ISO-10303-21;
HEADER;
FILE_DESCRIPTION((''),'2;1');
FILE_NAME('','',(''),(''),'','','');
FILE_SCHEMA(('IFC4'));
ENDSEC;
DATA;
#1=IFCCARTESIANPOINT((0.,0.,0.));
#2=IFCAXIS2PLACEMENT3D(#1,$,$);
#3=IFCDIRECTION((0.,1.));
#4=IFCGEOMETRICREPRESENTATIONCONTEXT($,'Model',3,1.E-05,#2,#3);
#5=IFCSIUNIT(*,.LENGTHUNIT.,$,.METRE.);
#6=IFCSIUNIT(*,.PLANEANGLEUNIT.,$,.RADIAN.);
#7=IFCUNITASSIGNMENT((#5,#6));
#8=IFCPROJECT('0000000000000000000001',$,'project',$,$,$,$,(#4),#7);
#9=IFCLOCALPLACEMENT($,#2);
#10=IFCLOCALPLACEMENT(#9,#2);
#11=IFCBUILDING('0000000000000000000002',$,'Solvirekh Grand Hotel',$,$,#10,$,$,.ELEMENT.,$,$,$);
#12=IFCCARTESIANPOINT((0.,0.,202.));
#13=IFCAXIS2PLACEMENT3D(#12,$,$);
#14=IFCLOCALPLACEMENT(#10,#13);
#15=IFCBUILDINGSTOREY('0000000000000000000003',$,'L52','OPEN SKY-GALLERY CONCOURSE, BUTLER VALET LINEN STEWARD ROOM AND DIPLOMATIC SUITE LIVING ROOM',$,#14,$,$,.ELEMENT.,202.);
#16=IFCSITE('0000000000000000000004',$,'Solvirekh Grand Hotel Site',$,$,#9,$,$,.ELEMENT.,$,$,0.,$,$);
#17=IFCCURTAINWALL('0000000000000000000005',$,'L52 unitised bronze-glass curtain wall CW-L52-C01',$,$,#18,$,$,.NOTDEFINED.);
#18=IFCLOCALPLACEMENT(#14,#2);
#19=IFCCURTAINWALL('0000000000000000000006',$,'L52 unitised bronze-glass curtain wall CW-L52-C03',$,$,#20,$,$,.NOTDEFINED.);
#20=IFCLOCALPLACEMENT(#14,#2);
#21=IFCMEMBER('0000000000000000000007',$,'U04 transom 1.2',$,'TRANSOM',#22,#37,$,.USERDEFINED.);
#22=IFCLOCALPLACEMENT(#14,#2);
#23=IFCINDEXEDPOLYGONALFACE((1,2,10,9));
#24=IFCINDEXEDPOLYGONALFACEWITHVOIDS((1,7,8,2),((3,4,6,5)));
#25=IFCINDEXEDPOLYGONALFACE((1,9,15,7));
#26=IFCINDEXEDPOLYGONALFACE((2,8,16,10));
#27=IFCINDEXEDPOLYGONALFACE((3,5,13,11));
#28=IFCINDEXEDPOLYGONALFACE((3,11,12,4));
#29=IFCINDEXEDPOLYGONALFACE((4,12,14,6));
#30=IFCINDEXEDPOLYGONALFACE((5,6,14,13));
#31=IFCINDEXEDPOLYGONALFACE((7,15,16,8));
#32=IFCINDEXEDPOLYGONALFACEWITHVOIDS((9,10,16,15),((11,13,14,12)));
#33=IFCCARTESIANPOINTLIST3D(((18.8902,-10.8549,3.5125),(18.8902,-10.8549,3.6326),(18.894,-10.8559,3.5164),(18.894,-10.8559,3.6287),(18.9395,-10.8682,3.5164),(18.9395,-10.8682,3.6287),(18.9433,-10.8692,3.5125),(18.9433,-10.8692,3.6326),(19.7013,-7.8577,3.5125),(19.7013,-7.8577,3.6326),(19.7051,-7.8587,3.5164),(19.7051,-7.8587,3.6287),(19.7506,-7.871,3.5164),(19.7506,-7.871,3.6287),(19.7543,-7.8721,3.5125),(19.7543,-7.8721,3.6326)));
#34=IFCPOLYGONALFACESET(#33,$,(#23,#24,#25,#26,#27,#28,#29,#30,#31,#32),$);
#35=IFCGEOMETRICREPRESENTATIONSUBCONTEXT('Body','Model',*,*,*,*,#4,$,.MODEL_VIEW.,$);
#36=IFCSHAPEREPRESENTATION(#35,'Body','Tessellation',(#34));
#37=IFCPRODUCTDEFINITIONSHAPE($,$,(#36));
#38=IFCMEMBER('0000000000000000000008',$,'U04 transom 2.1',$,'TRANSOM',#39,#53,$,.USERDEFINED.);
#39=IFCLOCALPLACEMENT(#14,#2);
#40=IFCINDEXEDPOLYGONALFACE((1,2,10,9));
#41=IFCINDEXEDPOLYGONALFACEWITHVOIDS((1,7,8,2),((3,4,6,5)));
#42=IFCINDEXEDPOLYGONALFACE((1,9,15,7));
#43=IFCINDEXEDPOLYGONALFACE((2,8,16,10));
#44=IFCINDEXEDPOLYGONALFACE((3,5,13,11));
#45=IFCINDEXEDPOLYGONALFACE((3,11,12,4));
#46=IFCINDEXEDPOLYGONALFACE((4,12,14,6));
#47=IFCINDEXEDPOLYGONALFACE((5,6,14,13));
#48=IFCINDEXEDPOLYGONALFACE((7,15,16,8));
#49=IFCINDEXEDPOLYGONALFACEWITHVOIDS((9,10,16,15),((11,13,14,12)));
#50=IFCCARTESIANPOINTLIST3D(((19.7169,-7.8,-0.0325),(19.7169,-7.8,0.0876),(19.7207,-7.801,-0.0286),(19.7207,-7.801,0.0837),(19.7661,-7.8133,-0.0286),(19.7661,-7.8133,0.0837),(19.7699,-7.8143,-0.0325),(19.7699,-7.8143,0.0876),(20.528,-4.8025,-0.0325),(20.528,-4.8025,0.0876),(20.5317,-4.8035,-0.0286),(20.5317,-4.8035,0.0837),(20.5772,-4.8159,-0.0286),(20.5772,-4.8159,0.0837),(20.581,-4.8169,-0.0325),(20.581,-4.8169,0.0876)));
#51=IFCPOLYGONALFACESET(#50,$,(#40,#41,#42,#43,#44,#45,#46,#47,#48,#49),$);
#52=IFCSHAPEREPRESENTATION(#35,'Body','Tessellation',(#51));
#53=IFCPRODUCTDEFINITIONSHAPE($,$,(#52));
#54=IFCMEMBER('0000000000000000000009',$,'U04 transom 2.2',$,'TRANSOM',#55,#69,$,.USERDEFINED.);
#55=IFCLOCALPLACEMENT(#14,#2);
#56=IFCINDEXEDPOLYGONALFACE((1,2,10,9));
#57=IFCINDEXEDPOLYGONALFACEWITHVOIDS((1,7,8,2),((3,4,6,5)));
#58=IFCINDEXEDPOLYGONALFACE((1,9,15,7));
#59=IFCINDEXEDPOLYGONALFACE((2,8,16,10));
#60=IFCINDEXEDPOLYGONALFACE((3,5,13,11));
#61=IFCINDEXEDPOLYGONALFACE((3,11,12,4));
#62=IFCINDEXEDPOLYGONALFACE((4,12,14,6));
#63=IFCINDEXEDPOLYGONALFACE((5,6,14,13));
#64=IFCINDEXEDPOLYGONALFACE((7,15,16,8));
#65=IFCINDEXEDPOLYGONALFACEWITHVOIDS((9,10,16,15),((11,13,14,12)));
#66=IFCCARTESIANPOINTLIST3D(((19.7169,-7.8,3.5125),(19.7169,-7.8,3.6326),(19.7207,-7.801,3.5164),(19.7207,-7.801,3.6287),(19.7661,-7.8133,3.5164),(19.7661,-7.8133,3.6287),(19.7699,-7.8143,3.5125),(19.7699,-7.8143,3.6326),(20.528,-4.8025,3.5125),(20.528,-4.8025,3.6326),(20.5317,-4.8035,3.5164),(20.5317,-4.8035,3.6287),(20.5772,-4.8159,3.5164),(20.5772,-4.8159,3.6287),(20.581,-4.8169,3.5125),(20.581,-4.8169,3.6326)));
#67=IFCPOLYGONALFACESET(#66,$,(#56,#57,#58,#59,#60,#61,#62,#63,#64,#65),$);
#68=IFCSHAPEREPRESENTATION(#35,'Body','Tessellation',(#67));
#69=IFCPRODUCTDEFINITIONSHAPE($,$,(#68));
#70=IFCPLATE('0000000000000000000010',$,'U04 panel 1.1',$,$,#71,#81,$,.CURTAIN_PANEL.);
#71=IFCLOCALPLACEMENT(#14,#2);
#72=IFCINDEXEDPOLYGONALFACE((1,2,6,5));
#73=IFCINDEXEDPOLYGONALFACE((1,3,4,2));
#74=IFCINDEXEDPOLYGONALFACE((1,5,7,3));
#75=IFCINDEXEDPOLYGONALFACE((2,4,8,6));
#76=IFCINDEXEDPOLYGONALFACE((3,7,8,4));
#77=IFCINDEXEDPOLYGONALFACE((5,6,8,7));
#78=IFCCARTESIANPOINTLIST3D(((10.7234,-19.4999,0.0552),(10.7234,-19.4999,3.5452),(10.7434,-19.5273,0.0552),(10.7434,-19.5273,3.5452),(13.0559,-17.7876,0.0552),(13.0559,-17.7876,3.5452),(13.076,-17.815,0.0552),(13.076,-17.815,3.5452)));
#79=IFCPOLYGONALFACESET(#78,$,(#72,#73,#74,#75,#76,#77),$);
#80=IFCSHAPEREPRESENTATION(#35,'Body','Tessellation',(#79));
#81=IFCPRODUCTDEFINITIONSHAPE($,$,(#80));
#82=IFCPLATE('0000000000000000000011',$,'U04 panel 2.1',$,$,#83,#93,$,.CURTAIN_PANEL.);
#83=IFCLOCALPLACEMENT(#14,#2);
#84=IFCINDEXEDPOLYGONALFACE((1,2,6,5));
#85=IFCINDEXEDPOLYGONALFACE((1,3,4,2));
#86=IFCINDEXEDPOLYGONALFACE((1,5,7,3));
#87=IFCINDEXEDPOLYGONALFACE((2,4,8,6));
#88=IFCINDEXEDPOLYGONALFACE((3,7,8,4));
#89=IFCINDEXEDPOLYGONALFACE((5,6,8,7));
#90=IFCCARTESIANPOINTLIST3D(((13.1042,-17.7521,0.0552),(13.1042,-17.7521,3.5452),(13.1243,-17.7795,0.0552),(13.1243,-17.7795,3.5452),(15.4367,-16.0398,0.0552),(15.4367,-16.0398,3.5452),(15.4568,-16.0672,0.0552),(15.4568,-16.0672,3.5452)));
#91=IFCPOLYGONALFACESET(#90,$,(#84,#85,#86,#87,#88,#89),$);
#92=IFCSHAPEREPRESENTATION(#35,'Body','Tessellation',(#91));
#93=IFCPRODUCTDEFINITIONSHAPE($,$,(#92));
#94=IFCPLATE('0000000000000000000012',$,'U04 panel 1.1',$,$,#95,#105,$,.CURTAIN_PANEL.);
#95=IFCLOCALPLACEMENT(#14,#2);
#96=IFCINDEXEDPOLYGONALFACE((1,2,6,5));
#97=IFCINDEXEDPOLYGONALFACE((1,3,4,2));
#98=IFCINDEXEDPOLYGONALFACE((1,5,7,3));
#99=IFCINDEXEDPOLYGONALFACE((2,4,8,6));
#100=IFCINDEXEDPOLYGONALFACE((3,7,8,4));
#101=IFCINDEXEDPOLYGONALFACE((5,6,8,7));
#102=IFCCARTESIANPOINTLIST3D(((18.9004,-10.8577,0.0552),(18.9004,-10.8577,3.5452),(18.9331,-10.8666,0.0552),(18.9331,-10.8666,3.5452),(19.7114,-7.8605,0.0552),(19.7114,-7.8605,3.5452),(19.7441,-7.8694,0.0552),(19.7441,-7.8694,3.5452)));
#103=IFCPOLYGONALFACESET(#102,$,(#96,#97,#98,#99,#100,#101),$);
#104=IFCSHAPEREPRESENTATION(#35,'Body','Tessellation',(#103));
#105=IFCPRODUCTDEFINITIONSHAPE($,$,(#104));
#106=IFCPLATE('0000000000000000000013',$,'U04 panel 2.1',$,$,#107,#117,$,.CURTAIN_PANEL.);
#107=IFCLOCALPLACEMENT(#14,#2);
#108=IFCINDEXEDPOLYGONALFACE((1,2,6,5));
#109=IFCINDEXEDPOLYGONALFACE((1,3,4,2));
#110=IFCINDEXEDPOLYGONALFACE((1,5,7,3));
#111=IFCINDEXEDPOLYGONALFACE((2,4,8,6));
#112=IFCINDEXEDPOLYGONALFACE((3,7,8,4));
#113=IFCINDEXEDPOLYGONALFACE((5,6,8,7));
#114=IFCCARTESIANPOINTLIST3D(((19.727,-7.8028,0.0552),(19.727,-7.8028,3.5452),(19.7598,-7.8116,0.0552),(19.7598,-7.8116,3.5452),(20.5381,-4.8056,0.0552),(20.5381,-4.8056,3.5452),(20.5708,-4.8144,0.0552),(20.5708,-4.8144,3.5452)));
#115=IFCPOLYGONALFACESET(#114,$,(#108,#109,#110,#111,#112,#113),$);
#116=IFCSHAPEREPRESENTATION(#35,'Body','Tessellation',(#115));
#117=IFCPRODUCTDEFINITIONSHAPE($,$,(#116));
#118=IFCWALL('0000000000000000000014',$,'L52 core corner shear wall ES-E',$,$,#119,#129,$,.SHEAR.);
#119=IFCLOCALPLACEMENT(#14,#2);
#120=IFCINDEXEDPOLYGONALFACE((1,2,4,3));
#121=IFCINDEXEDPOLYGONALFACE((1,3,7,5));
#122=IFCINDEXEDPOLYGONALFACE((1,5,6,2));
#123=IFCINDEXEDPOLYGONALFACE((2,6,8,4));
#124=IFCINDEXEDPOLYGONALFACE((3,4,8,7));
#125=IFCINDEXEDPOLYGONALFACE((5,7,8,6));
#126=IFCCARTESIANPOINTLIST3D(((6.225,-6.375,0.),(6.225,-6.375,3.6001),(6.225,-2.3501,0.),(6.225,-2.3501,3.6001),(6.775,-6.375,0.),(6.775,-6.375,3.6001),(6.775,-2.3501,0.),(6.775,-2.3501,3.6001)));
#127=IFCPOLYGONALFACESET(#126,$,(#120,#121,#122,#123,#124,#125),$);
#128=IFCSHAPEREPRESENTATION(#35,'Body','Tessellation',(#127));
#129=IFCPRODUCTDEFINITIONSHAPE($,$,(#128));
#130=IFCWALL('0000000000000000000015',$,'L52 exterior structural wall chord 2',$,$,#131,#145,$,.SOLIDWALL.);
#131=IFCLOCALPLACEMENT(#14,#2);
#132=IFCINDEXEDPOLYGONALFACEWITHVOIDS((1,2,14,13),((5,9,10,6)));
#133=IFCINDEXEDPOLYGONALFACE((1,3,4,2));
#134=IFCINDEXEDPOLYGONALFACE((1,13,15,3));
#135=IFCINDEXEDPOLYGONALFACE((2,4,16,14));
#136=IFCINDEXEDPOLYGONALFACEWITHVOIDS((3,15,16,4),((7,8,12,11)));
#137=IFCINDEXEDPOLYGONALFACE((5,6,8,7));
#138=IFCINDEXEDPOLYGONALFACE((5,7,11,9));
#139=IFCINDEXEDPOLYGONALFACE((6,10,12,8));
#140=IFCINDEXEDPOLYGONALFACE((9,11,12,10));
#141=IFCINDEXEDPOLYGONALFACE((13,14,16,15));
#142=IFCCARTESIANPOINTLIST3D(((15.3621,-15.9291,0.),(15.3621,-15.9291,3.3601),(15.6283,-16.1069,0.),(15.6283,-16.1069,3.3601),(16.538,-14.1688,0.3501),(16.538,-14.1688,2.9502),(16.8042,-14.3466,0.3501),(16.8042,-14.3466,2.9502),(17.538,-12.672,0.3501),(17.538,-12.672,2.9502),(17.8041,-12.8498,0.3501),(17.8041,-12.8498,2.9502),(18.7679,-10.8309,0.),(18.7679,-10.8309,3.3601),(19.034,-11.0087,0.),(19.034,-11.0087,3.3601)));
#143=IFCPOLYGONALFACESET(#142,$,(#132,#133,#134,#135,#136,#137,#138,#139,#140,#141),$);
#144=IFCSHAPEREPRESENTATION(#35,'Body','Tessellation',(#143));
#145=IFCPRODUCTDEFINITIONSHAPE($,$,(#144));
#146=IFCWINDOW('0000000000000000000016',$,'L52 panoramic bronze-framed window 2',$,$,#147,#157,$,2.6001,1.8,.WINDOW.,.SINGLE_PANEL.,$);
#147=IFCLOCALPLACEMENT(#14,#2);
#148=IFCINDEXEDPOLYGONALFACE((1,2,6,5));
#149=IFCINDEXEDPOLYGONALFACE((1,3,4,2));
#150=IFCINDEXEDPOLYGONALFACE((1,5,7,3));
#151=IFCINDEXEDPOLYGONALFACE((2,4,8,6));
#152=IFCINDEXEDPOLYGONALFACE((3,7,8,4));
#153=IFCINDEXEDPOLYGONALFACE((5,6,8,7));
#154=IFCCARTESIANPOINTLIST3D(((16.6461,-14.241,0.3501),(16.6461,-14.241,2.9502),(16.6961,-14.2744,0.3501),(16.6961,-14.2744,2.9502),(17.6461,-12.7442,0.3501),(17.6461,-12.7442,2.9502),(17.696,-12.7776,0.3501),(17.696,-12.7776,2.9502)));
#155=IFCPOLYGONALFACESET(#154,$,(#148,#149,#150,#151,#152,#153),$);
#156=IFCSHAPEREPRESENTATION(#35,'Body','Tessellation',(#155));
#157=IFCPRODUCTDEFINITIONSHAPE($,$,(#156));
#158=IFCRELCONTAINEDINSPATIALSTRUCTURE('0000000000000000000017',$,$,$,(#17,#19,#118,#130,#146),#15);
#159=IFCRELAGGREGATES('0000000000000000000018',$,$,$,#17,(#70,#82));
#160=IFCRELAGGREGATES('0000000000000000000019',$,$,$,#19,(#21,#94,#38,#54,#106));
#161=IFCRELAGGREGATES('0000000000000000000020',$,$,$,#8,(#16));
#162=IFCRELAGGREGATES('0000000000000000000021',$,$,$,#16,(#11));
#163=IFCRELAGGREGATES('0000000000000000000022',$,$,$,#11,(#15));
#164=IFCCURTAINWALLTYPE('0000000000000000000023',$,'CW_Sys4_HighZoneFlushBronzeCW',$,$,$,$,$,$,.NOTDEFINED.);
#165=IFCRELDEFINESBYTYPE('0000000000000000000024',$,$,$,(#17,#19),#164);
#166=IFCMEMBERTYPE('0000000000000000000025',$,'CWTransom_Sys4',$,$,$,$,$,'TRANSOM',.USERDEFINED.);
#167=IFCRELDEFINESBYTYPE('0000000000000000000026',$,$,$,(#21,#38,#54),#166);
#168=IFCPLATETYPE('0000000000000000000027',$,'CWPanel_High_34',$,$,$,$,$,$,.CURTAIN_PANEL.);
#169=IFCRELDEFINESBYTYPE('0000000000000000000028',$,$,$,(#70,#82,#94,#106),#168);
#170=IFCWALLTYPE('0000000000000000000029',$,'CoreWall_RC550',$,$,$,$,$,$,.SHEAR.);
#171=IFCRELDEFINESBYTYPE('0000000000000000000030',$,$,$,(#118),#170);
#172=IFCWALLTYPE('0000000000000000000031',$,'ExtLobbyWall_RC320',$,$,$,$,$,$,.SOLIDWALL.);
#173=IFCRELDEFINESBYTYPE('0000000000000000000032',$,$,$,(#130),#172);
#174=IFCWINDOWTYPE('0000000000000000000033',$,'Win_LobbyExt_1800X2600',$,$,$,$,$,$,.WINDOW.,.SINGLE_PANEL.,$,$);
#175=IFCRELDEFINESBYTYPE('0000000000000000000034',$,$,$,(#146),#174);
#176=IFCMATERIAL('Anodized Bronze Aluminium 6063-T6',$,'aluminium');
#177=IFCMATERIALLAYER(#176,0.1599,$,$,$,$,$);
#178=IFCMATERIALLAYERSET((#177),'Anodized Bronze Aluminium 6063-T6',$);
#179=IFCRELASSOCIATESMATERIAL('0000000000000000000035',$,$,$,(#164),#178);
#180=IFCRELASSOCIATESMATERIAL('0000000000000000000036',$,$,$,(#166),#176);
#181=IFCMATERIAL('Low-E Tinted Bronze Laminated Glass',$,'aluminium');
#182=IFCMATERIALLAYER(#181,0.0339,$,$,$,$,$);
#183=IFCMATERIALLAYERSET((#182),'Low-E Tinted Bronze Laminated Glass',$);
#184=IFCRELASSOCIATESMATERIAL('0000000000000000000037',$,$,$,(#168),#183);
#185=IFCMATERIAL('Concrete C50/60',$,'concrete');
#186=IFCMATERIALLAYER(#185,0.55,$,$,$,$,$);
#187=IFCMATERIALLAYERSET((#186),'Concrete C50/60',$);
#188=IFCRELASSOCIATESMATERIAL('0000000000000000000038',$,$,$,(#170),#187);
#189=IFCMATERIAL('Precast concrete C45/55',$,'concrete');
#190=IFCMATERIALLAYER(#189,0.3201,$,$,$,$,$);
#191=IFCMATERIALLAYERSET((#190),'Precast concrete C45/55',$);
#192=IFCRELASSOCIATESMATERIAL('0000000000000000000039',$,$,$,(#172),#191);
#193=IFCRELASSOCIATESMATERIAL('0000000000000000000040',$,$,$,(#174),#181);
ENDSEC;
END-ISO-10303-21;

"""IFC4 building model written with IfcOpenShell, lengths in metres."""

from ifc_helpers import new_model, si_unit, direction, frame, frame_2d, origin, origin_2d, place, context, subcontext, project, spatial, rectangle, hollow_rectangle, extrude, source, transform, mapped, material, layer, layer_set, material_profile, profile_set, type_object, element, fill, aggregate, save


model = new_model("IFC4")

# Units and contexts
model_context = context("Model", 3, precision=1e-05, world=origin(), true_north=direction((0.0, 1.0)))
body_context = subcontext(model_context, "Body", "Model", "MODEL_VIEW")
ifc_project = project(units=[si_unit("LENGTHUNIT", "METRE"), si_unit("PLANEANGLEUNIT", "RADIAN")], contexts=[model_context])

# Site, building, storey
site_placement = place(None, origin())
site = spatial("IfcSite", under=ifc_project, at=site_placement, Name="Solvirekh Grand Hotel Site", CompositionType="ELEMENT", RefElevation=0.0)
building_placement = place(site_placement, origin())
building = spatial("IfcBuilding", under=site, at=building_placement, Name="Solvirekh Grand Hotel", CompositionType="ELEMENT")
storey_placement = place(building_placement, frame((0.0, 0.0, 202.0)))
storey = spatial("IfcBuildingStorey", under=building, at=storey_placement, Name="L52", Description="OPEN SKY-GALLERY CONCOURSE, BUTLER VALET LINEN STEWARD ROOM AND DIPLOMATIC SUITE LIVING ROOM", CompositionType="ELEMENT", Elevation=202.0)

# Shared definitions
ifc_material_1 = material(Name="Concrete C50/60", Category="concrete")

# Curtain walls
ifc_material_2 = material(Name="Anodized Bronze Aluminium 6063-T6", Category="aluminium")
ifc_layer_1 = layer(ifc_material_2, 0.1599)
ifc_layer_set_1 = layer_set([ifc_layer_1], Name="Anodized Bronze Aluminium 6063-T6")
curtain_wall_type = type_object("IfcCurtainWallType", Name="CW_Sys4_HighZoneFlushBronzeCW", PredefinedType="NOTDEFINED", material=ifc_layer_set_1)
curtain_wall_1_placement = place(storey_placement, origin())
curtain_wall_1 = element("IfcCurtainWall", 1, at=curtain_wall_1_placement, inside=storey, type_object=curtain_wall_type, Name="L52 unitised bronze-glass curtain wall CW-L52-C01", PredefinedType="NOTDEFINED")
curtain_wall_2_placement = place(storey_placement, origin())
curtain_wall_2 = element("IfcCurtainWall", 2, at=curtain_wall_2_placement, inside=storey, type_object=curtain_wall_type, Name="L52 unitised bronze-glass curtain wall CW-L52-C03", PredefinedType="NOTDEFINED")

# Members
ifc_material_profile_1 = material_profile(ifc_material_2, hollow_rectangle(XDim=0.0549, YDim=0.1201, WallThickness=0.0039, at=origin_2d()), Name="ALU RHS 120X55X4")
ifc_profile_set_1 = profile_set([ifc_material_profile_1], Name="Anodized Bronze Aluminium 6063-T6")
member_type_1 = type_object("IfcMemberType", Name="CWTransom_Sys4", ElementType="TRANSOM", PredefinedType="USERDEFINED", material=ifc_profile_set_1)
shared_shape_1 = source(origin(), body_context, "Body", "SweptSolid", [
    extrude(hollow_rectangle(XDim=0.0549, YDim=0.1201, WallThickness=0.0039, at=origin_2d()), origin(), (0.0, 0.0, 1.0), 3.105),
])
member_1_placement = place(storey_placement, frame((18.9167, -10.8621, 3.5725), z_axis=(0.261214, 0.965281, 0.0), x_axis=(-0.965281, 0.261214, 0.0)))
member_1 = element("IfcMember", 3, at=member_1_placement, type_object=member_type_1, Name="U04 transom 1.2", ObjectType="TRANSOM", PredefinedType="USERDEFINED", context=body_context, shape_type="MappedRepresentation", body=[
    mapped(shared_shape_1, transform((0.0, 0.0, 0.0), x_axis=(1.0, 0.0, 0.0), y_axis=(0.0, 1.0, 0.0), z_axis=(0.0, 0.0, 1.0), scale=1.0)),
])
shared_shape_2 = source(origin(), body_context, "Body", "SweptSolid", [
    extrude(hollow_rectangle(XDim=0.0549, YDim=0.1201, WallThickness=0.0039, at=origin_2d()), origin(), (0.0, 0.0, 1.0), 3.1052),
])
member_2_placement = place(storey_placement, frame((19.7434, -7.8071, 0.0276), z_axis=(0.261194, 0.965286, 0.0), x_axis=(-0.965286, 0.261194, 0.0)))
member_2 = element("IfcMember", 4, at=member_2_placement, type_object=member_type_1, Name="U04 transom 2.1", ObjectType="TRANSOM", PredefinedType="USERDEFINED", context=body_context, shape_type="MappedRepresentation", body=[
    mapped(shared_shape_2, transform((0.0, 0.0, 0.0), x_axis=(1.0, 0.0, 0.0), y_axis=(0.0, 1.0, 0.0), z_axis=(0.0, 0.0, 1.0), scale=1.0)),
])
member_3_placement = place(storey_placement, frame((19.7434, -7.8071, 3.5725), z_axis=(0.261194, 0.965286, 0.0), x_axis=(-0.965286, 0.261194, 0.0)))
member_3 = element("IfcMember", 5, at=member_3_placement, type_object=member_type_1, Name="U04 transom 2.2", ObjectType="TRANSOM", PredefinedType="USERDEFINED", context=body_context, shape_type="MappedRepresentation", body=[
    mapped(shared_shape_2, transform((0.0, 0.0, 0.0), x_axis=(1.0, 0.0, 0.0), y_axis=(0.0, 1.0, 0.0), z_axis=(0.0, 0.0, 1.0), scale=1.0)),
])

# Plates
ifc_material_3 = material(Name="Low-E Tinted Bronze Laminated Glass", Category="aluminium")
ifc_layer_2 = layer(ifc_material_3, 0.0339)
ifc_layer_set_2 = layer_set([ifc_layer_2], Name="Low-E Tinted Bronze Laminated Glass")
plate_type = type_object("IfcPlateType", Name="CWPanel_High_34", PredefinedType="CURTAIN_PANEL", material=ifc_layer_set_2)
shared_shape_3 = source(origin(), body_context, "Body", "SweptSolid", [
    extrude(rectangle(XDim=2.8936, YDim=0.0339, at=origin_2d()), origin(), (0.0, 0.0, 1.0), 3.49),
])
plate_1_placement = place(storey_placement, frame((11.8997, -18.6575, 0.0552), z_axis=(0.0, 0.0, 1.0), x_axis=(0.806112, 0.591763, 0.0)))
plate_1 = element("IfcPlate", 6, at=plate_1_placement, type_object=plate_type, Name="U04 panel 1.1", PredefinedType="CURTAIN_PANEL", context=body_context, shape_type="MappedRepresentation", body=[
    mapped(shared_shape_3, transform((0.0, 0.0, 0.0), x_axis=(1.0, 0.0, 0.0), y_axis=(0.0, 1.0, 0.0), z_axis=(0.0, 0.0, 1.0), scale=1.0)),
])
plate_2_placement = place(storey_placement, frame((14.2805, -16.9097, 0.0552), z_axis=(0.0, 0.0, 1.0), x_axis=(0.806112, 0.591763, 0.0)))
plate_2 = element("IfcPlate", 7, at=plate_2_placement, type_object=plate_type, Name="U04 panel 2.1", PredefinedType="CURTAIN_PANEL", context=body_context, shape_type="MappedRepresentation", body=[
    mapped(shared_shape_3, transform((0.0, 0.0, 0.0), x_axis=(1.0, 0.0, 0.0), y_axis=(0.0, 1.0, 0.0), z_axis=(0.0, 0.0, 1.0), scale=1.0)),
])
aggregate(curtain_wall_1, [plate_1, plate_2])
shared_shape_4 = source(origin(), body_context, "Body", "SweptSolid", [
    extrude(rectangle(XDim=3.105, YDim=0.0339, at=origin_2d()), origin(), (0.0, 0.0, 1.0), 3.49),
])
plate_3_placement = place(storey_placement, frame((19.3223, -9.3635, 0.0552), z_axis=(0.0, 0.0, 1.0), x_axis=(0.261197, 0.965286, 0.0)))
plate_3 = element("IfcPlate", 8, at=plate_3_placement, type_object=plate_type, Name="U04 panel 1.1", PredefinedType="CURTAIN_PANEL", context=body_context, shape_type="MappedRepresentation", body=[
    mapped(shared_shape_4, transform((0.0, 0.0, 0.0), x_axis=(1.0, 0.0, 0.0), y_axis=(0.0, 1.0, 0.0), z_axis=(0.0, 0.0, 1.0), scale=1.0)),
])
plate_4_placement = place(storey_placement, frame((20.1489, -6.3086, 0.0552), z_axis=(0.0, 0.0, 1.0), x_axis=(0.261197, 0.965286, 0.0)))
plate_4 = element("IfcPlate", 9, at=plate_4_placement, type_object=plate_type, Name="U04 panel 2.1", PredefinedType="CURTAIN_PANEL", context=body_context, shape_type="MappedRepresentation", body=[
    mapped(shared_shape_4, transform((0.0, 0.0, 0.0), x_axis=(1.0, 0.0, 0.0), y_axis=(0.0, 1.0, 0.0), z_axis=(0.0, 0.0, 1.0), scale=1.0)),
])
aggregate(curtain_wall_2, [member_1, plate_3, member_2, member_3, plate_4])

# Wall
ifc_layer_3 = layer(ifc_material_1, 0.55)
ifc_layer_set_3 = layer_set([ifc_layer_3], Name="Concrete C50/60")
wall_type_1 = type_object("IfcWallType", Name="CoreWall_RC550", PredefinedType="SHEAR", material=ifc_layer_set_3)
wall_1_placement = place(storey_placement, frame((6.5, -6.375, 0.0), z_axis=(0.0, 0.0, 1.0), x_axis=(0.0, 1.0, 0.0)))
element("IfcWall", 10, at=wall_1_placement, inside=storey, type_object=wall_type_1, Name="L52 core corner shear wall ES-E", PredefinedType="SHEAR", context=body_context, shape_type="SweptSolid", body=[
    extrude(rectangle(XDim=4.0249, YDim=0.55, at=frame_2d((2.0125, 0.0))), origin(), (0.0, 0.0, 1.0), 3.6001),
])

# Wall, opening, window
ifc_material_4 = material(Name="Precast concrete C45/55", Category="concrete")
ifc_layer_4 = layer(ifc_material_4, 0.3201)
ifc_layer_set_4 = layer_set([ifc_layer_4], Name="Precast concrete C45/55")
wall_type_2 = type_object("IfcWallType", Name="ExtLobbyWall_RC320", PredefinedType="SOLIDWALL", material=ifc_layer_set_4)
wall_2_placement = place(storey_placement, frame((18.9009, -10.9199, 0.0), z_axis=(0.0, 0.0, 1.0), x_axis=(-0.55549, -0.831523, 0.0)))
wall_2 = element("IfcWall", 11, at=wall_2_placement, inside=storey, type_object=wall_type_2, Name="L52 exterior structural wall chord 2", PredefinedType="SOLIDWALL", context=body_context, shape_type="SweptSolid", body=[
    extrude(rectangle(XDim=6.1311, YDim=0.3201, at=frame_2d((3.0654, 0.0))), origin(), (0.0, 0.0, 1.0), 3.3601),
])
opening_1_placement = place(wall_2_placement, frame((2.2141, 0.0, 0.3501)))
opening_1 = element("IfcOpeningElement", 12, at=opening_1_placement, cuts=wall_2, PredefinedType="OPENING", context=body_context, shape_type="SweptSolid", body=[
    extrude(rectangle(XDim=1.8, YDim=2.6001, at=frame_2d((0.8999, 1.3))), frame((0.0, 0.1699, 0.0), z_axis=(0.0, -1.0, 0.0), x_axis=(1.0, 0.0, 0.0)), (0.0, 0.0, 1.0), 0.3401),
])
window_type = type_object("IfcWindowType", Name="Win_LobbyExt_1800X2600", PartitioningType="SINGLE_PANEL", PredefinedType="WINDOW", material=ifc_material_3)
window_1_placement = place(opening_1_placement, origin())
window_1 = element("IfcWindow", 13, at=window_1_placement, inside=storey, type_object=window_type, Name="L52 panoramic bronze-framed window 2", OverallHeight=2.6001, OverallWidth=1.8, PartitioningType="SINGLE_PANEL", PredefinedType="WINDOW", context=body_context, shape_type="SweptSolid", body=[
    extrude(rectangle(XDim=1.8, YDim=2.6001, at=frame_2d((0.8999, 1.3))), frame((0.0, 0.03, 0.0), z_axis=(0.0, -1.0, 0.0), x_axis=(1.0, 0.0, 0.0)), (0.0, 0.0, 1.0), 0.0601),
])
fill(opening_1, window_1)

save(model, "model.ifc")
